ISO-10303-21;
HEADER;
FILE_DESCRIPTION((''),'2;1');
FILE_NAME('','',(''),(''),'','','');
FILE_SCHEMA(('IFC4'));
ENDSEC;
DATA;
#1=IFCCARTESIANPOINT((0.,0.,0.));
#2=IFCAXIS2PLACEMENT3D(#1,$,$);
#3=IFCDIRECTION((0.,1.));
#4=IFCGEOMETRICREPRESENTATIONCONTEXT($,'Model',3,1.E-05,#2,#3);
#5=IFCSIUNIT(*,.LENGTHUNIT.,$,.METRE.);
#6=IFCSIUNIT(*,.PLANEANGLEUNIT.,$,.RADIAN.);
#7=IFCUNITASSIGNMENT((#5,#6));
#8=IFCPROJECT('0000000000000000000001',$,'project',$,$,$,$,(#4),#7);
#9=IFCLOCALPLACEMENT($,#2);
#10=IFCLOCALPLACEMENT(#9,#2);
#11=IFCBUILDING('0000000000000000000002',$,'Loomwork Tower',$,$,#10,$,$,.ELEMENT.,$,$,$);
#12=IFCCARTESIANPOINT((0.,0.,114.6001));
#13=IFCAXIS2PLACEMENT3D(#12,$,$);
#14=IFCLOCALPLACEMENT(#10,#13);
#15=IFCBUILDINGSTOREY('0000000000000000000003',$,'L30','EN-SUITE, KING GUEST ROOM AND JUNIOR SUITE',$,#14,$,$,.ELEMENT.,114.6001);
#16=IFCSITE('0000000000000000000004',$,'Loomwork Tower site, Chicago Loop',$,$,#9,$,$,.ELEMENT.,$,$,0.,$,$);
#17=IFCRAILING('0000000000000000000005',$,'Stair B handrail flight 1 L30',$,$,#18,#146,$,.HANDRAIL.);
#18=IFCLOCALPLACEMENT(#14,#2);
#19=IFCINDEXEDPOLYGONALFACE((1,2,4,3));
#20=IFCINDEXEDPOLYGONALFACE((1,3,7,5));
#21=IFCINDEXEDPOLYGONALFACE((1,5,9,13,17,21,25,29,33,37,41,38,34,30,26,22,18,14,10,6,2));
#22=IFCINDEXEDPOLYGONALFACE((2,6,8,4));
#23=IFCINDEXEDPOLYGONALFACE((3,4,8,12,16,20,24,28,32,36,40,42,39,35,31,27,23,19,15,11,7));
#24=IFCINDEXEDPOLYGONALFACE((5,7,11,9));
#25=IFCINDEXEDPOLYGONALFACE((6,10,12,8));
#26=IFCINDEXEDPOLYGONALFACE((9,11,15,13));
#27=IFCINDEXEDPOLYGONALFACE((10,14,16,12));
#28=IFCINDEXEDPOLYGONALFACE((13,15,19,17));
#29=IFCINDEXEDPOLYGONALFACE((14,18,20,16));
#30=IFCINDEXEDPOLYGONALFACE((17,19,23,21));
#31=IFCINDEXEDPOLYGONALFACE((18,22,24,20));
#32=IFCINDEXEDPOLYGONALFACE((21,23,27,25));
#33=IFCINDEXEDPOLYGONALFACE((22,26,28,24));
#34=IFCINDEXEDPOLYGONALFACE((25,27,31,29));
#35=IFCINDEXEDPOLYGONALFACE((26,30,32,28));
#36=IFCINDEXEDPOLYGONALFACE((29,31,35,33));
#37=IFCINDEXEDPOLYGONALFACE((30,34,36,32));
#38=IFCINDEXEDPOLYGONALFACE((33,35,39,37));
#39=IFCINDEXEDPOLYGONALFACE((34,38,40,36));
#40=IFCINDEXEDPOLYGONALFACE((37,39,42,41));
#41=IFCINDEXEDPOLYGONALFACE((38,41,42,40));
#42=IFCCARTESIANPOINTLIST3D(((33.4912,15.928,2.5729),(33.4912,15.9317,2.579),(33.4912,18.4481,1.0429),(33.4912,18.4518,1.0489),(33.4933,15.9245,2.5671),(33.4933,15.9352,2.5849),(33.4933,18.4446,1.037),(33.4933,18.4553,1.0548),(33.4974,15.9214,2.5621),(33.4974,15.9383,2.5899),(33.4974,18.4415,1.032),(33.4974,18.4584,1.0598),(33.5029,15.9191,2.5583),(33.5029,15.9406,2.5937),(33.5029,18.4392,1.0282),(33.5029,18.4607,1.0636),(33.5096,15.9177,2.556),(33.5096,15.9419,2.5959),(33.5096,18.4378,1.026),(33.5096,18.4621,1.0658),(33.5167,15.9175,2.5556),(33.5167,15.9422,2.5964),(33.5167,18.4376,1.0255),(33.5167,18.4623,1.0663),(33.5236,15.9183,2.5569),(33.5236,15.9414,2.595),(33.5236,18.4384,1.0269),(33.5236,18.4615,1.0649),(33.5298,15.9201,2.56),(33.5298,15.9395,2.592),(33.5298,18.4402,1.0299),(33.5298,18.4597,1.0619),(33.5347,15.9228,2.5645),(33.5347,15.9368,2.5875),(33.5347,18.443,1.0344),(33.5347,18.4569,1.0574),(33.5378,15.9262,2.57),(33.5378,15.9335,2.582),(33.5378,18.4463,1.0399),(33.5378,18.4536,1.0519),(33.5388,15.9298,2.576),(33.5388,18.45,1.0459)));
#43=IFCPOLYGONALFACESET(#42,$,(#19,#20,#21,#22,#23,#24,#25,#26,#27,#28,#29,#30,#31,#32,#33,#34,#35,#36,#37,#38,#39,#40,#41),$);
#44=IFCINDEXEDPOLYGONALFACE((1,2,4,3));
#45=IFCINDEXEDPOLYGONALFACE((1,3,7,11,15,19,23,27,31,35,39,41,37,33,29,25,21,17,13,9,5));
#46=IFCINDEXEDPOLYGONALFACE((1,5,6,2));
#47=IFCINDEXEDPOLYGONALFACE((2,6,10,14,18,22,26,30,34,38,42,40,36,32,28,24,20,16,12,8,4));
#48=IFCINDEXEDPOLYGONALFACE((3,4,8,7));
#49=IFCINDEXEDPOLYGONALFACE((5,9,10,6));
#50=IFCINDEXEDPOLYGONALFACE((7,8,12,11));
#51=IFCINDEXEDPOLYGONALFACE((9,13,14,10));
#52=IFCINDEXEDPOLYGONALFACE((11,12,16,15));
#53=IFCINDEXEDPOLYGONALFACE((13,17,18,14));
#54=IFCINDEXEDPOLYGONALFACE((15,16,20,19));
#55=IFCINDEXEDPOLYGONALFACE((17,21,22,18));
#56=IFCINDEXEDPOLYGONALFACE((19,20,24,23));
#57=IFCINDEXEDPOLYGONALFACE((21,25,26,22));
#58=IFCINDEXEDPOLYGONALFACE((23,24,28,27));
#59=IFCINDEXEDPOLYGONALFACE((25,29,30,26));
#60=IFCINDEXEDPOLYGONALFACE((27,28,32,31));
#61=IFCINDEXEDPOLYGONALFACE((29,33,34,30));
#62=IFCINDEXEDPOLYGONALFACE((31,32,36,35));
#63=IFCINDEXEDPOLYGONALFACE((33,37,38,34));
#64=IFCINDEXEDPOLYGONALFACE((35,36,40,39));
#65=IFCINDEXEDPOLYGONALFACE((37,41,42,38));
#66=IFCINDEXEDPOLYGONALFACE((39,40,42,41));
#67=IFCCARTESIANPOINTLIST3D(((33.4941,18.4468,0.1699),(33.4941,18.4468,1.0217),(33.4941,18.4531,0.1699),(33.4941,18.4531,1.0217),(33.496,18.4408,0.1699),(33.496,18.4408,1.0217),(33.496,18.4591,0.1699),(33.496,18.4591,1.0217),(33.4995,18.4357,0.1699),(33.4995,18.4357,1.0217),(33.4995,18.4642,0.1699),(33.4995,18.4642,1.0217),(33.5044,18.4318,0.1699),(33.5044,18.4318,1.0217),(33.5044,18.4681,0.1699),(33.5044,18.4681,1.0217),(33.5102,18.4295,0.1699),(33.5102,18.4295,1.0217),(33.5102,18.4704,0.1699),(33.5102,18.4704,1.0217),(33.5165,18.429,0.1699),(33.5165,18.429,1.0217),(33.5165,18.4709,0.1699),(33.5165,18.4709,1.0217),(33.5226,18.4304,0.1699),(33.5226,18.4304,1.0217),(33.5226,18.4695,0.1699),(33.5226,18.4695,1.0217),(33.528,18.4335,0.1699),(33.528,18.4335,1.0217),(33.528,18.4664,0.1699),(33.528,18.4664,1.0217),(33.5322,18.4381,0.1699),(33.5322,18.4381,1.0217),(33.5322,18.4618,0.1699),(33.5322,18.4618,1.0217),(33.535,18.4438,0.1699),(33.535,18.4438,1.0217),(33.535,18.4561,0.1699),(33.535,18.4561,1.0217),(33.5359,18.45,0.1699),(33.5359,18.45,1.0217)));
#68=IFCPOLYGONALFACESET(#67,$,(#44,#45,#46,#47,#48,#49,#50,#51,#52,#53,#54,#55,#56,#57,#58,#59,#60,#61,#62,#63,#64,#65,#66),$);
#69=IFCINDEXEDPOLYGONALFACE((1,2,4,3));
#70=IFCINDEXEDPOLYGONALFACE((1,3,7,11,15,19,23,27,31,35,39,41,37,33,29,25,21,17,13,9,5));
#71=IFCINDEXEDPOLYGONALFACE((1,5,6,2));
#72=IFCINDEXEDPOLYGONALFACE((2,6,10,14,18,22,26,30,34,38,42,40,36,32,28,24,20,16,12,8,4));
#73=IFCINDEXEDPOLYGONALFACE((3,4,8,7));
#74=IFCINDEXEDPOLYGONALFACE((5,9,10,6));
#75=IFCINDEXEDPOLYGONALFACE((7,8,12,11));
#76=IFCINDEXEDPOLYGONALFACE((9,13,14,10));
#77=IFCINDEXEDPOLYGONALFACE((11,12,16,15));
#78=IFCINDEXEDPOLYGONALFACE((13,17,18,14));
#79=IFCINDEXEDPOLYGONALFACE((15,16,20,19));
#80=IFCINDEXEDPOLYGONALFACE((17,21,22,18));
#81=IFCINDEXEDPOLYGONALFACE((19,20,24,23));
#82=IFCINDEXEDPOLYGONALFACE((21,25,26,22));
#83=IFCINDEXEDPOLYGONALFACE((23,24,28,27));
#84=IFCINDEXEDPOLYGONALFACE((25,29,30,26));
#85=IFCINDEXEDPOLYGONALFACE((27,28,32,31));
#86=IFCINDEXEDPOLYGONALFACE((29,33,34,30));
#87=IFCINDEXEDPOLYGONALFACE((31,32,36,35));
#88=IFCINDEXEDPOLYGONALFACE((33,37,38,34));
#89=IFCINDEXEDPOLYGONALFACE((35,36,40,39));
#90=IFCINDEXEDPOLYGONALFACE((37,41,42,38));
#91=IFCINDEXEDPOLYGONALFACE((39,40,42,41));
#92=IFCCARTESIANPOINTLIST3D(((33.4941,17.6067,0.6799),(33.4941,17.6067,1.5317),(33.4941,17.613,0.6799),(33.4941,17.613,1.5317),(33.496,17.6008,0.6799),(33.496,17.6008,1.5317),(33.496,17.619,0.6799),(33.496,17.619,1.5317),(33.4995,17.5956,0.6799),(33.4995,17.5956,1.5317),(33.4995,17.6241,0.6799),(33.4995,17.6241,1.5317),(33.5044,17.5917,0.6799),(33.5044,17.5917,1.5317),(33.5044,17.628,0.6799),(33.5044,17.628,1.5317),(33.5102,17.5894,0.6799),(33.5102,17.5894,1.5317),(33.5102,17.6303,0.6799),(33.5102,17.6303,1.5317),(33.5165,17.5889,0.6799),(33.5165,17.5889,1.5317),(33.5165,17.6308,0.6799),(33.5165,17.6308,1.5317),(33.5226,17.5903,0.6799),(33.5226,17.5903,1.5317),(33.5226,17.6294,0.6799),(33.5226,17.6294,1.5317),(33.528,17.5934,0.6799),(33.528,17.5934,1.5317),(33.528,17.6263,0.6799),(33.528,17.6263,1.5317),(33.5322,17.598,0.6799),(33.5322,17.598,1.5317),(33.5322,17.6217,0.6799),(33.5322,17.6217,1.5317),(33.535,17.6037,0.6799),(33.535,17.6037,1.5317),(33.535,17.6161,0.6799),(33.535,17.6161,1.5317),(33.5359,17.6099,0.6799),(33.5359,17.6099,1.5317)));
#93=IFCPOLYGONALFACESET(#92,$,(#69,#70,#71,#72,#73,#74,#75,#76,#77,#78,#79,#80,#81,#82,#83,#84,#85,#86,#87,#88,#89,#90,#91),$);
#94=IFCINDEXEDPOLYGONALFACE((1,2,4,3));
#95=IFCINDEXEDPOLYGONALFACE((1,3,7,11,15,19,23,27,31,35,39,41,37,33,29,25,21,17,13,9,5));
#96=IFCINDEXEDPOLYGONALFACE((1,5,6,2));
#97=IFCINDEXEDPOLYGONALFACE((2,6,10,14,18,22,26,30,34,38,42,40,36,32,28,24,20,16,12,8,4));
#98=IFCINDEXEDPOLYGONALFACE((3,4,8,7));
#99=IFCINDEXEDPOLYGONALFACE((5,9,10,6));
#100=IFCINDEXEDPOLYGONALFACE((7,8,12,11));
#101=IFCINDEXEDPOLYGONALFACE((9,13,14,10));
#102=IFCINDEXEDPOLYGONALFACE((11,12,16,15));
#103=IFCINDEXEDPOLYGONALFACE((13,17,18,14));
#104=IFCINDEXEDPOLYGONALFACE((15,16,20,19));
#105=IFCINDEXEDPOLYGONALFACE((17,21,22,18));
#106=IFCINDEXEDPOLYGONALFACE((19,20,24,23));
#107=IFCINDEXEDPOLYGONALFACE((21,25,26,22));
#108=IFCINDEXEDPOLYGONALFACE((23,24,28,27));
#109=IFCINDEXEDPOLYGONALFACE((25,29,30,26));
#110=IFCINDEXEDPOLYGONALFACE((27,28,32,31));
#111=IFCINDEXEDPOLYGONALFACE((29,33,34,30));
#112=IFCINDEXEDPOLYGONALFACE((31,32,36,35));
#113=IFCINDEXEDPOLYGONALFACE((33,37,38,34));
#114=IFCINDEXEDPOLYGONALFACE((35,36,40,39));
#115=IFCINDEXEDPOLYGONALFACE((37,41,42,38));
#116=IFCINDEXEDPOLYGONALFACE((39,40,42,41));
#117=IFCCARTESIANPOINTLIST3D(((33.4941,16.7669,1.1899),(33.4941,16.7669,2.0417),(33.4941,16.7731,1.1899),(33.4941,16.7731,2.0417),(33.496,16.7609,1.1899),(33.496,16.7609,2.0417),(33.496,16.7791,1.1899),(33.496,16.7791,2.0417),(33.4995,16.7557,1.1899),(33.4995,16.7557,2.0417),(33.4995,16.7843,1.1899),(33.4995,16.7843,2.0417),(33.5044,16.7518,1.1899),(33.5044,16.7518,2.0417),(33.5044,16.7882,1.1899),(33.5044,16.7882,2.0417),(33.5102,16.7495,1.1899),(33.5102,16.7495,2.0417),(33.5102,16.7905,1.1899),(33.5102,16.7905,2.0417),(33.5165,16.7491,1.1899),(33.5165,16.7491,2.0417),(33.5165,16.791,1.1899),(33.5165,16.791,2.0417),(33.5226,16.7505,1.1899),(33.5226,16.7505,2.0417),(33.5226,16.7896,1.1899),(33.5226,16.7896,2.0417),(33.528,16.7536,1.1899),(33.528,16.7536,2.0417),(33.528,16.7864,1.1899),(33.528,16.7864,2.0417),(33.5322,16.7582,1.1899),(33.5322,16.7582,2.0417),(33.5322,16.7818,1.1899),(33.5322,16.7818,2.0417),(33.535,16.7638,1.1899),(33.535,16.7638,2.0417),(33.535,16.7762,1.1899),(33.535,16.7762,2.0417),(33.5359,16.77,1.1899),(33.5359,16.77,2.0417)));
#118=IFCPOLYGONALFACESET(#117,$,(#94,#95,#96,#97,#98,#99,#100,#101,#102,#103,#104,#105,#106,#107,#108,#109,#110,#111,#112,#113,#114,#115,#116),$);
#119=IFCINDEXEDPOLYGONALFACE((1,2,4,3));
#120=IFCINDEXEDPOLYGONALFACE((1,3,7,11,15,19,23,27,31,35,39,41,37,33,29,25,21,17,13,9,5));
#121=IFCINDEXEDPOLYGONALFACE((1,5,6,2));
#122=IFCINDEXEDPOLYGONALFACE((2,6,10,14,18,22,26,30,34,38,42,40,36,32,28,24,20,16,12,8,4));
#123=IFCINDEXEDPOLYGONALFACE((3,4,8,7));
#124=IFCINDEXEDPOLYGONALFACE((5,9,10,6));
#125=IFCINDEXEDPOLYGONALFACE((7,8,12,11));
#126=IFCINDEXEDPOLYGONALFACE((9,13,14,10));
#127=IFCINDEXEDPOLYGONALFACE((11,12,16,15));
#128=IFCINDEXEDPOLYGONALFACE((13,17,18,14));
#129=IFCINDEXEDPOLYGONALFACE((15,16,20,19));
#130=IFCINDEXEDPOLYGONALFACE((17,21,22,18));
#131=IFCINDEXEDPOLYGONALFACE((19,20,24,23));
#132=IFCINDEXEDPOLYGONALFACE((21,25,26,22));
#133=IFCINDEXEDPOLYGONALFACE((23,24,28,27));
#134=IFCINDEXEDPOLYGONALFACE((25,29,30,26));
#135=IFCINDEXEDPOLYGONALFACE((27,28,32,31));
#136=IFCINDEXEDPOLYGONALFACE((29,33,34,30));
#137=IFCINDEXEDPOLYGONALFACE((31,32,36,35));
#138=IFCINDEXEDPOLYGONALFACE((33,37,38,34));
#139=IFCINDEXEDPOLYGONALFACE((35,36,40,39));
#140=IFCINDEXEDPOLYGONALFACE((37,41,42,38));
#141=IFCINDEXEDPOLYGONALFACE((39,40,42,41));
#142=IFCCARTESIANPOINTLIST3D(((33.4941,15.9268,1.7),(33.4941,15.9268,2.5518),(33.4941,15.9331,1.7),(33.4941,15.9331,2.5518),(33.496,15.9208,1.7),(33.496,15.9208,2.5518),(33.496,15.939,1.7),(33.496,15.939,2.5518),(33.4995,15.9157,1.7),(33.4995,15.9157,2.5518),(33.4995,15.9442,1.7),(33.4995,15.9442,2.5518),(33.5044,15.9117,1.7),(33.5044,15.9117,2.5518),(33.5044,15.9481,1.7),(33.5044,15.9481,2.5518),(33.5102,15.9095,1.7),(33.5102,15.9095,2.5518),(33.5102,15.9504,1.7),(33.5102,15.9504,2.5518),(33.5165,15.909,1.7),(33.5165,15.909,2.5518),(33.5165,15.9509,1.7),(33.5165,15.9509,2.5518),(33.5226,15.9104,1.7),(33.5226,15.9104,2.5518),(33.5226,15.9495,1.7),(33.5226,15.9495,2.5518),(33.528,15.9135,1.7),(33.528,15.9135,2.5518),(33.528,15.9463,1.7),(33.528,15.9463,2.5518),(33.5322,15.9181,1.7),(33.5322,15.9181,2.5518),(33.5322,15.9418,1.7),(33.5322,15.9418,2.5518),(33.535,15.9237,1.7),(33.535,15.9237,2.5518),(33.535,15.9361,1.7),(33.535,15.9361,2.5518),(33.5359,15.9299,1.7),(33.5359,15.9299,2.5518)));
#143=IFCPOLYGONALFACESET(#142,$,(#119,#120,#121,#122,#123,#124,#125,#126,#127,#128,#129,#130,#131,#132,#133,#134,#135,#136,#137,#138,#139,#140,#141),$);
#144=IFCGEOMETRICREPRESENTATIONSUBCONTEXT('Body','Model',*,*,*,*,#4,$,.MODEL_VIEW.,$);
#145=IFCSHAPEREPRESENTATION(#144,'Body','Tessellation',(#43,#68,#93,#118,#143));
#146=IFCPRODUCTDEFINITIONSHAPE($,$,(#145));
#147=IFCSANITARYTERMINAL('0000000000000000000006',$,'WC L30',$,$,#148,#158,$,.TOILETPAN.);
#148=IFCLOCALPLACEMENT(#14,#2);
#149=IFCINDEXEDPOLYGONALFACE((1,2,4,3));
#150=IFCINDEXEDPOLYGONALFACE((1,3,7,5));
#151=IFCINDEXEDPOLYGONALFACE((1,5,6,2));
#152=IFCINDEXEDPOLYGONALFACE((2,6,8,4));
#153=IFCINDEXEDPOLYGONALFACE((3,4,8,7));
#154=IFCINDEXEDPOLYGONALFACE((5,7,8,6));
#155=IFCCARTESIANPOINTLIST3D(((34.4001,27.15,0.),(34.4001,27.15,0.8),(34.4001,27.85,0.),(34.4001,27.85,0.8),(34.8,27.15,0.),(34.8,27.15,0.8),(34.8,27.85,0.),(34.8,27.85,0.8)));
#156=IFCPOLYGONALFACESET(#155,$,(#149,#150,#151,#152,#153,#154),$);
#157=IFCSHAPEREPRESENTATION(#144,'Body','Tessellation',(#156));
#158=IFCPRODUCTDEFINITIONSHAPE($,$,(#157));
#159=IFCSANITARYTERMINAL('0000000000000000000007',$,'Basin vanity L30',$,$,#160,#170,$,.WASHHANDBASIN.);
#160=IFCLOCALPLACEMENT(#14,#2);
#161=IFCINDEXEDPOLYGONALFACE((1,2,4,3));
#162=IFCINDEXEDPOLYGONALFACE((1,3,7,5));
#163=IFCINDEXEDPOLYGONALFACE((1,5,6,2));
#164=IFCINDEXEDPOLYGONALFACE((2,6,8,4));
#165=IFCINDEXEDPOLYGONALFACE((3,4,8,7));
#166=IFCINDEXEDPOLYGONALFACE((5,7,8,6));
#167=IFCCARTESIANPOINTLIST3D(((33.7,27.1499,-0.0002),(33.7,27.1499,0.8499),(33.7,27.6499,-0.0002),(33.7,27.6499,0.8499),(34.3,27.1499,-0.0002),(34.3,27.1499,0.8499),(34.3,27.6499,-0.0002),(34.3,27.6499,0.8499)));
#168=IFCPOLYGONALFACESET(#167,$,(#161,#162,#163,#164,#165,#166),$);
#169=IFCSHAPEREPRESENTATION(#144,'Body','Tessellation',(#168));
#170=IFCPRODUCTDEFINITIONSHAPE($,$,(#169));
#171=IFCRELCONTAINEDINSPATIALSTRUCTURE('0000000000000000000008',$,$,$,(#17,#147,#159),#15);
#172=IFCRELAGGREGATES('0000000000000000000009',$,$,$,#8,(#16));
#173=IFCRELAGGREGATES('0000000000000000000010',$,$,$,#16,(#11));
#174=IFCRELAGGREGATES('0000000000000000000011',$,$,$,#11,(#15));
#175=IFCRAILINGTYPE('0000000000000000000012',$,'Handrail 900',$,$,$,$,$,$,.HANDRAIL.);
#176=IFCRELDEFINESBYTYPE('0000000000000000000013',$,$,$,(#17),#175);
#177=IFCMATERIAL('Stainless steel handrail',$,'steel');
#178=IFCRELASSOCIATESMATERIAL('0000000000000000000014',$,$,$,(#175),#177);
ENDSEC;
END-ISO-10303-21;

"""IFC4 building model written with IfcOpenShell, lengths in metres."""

from ifc_helpers import new_model, si_unit, direction, frame, origin, origin_2d, place, context, subcontext, project, spatial, rectangle, circle, extrude, material, type_object, element, save


model = new_model("IFC4")

# Units and contexts
model_context = context("Model", 3, precision=1e-05, world=origin(), true_north=direction((0.0, 1.0)))
body_context = subcontext(model_context, "Body", "Model", "MODEL_VIEW")
ifc_project = project(units=[si_unit("LENGTHUNIT", "METRE"), si_unit("PLANEANGLEUNIT", "RADIAN")], contexts=[model_context])

# Site, building, storey
site_placement = place(None, origin())
site = spatial("IfcSite", under=ifc_project, at=site_placement, Name="Loomwork Tower site, Chicago Loop", CompositionType="ELEMENT", RefElevation=0.0)
building_placement = place(site_placement, origin())
building = spatial("IfcBuilding", under=site, at=building_placement, Name="Loomwork Tower", CompositionType="ELEMENT")
storey_placement = place(building_placement, frame((0.0, 0.0, 114.6001)))
storey = spatial("IfcBuildingStorey", under=building, at=storey_placement, Name="L30", Description="EN-SUITE, KING GUEST ROOM AND JUNIOR SUITE", CompositionType="ELEMENT", Elevation=114.6001)

# Railing
ifc_material_1 = material(Name="Stainless steel handrail", Category="steel")
railing_type = type_object("IfcRailingType", Name="Handrail 900", PredefinedType="HANDRAIL", material=ifc_material_1)
railing_placement = place(storey_placement, frame((33.5149, 18.45, 0.1699)))
element("IfcRailing", 1, at=railing_placement, inside=storey, type_object=railing_type, Name="Stair B handrail flight 1 L30", PredefinedType="HANDRAIL", context=body_context, shape_type="SweptSolid", body=[
    extrude(circle(Radius=0.0239, at=origin_2d()), frame((0.0, 0.0, 0.876), z_axis=(0.0, -0.854785, 0.518982), x_axis=(1.0, 0.0, 0.0)), (0.0, 0.0, 1.0), 2.9482),
    extrude(circle(Radius=0.021, at=origin_2d()), origin(), (0.0, 0.0, 1.0), 0.8518),
    extrude(circle(Radius=0.021, at=origin_2d()), frame((0.0, -0.8401, 0.51)), (0.0, 0.0, 1.0), 0.8518),
    extrude(circle(Radius=0.021, at=origin_2d()), frame((0.0, -1.6799, 1.02)), (0.0, 0.0, 1.0), 0.8518),
    extrude(circle(Radius=0.021, at=origin_2d()), frame((0.0, -2.52, 1.53)), (0.0, 0.0, 1.0), 0.8518),
])

# Sanitary terminals
sanitary_terminal_1_placement = place(storey_placement, frame((34.6001, 27.5, 0.0), z_axis=(0.0, 0.0, 1.0), x_axis=(1.0, 0.0, 0.0)))
element("IfcSanitaryTerminal", 2, at=sanitary_terminal_1_placement, inside=storey, Name="WC L30", PredefinedType="TOILETPAN", context=body_context, shape_type="SweptSolid", body=[
    extrude(rectangle(XDim=0.3999, YDim=0.7, at=origin_2d()), origin(), (0.0, 0.0, 1.0), 0.8),
])
sanitary_terminal_2_placement = place(storey_placement, frame((34.0, 27.3999, -0.0002), z_axis=(0.0, 0.0, 1.0), x_axis=(1.0, 0.0, 0.0)))
element("IfcSanitaryTerminal", 3, at=sanitary_terminal_2_placement, inside=storey, Name="Basin vanity L30", PredefinedType="WASHHANDBASIN", context=body_context, shape_type="SweptSolid", body=[
    extrude(rectangle(XDim=0.6001, YDim=0.5, at=origin_2d()), origin(), (0.0, 0.0, 1.0), 0.8501),
])

save(model, "model.ifc")
